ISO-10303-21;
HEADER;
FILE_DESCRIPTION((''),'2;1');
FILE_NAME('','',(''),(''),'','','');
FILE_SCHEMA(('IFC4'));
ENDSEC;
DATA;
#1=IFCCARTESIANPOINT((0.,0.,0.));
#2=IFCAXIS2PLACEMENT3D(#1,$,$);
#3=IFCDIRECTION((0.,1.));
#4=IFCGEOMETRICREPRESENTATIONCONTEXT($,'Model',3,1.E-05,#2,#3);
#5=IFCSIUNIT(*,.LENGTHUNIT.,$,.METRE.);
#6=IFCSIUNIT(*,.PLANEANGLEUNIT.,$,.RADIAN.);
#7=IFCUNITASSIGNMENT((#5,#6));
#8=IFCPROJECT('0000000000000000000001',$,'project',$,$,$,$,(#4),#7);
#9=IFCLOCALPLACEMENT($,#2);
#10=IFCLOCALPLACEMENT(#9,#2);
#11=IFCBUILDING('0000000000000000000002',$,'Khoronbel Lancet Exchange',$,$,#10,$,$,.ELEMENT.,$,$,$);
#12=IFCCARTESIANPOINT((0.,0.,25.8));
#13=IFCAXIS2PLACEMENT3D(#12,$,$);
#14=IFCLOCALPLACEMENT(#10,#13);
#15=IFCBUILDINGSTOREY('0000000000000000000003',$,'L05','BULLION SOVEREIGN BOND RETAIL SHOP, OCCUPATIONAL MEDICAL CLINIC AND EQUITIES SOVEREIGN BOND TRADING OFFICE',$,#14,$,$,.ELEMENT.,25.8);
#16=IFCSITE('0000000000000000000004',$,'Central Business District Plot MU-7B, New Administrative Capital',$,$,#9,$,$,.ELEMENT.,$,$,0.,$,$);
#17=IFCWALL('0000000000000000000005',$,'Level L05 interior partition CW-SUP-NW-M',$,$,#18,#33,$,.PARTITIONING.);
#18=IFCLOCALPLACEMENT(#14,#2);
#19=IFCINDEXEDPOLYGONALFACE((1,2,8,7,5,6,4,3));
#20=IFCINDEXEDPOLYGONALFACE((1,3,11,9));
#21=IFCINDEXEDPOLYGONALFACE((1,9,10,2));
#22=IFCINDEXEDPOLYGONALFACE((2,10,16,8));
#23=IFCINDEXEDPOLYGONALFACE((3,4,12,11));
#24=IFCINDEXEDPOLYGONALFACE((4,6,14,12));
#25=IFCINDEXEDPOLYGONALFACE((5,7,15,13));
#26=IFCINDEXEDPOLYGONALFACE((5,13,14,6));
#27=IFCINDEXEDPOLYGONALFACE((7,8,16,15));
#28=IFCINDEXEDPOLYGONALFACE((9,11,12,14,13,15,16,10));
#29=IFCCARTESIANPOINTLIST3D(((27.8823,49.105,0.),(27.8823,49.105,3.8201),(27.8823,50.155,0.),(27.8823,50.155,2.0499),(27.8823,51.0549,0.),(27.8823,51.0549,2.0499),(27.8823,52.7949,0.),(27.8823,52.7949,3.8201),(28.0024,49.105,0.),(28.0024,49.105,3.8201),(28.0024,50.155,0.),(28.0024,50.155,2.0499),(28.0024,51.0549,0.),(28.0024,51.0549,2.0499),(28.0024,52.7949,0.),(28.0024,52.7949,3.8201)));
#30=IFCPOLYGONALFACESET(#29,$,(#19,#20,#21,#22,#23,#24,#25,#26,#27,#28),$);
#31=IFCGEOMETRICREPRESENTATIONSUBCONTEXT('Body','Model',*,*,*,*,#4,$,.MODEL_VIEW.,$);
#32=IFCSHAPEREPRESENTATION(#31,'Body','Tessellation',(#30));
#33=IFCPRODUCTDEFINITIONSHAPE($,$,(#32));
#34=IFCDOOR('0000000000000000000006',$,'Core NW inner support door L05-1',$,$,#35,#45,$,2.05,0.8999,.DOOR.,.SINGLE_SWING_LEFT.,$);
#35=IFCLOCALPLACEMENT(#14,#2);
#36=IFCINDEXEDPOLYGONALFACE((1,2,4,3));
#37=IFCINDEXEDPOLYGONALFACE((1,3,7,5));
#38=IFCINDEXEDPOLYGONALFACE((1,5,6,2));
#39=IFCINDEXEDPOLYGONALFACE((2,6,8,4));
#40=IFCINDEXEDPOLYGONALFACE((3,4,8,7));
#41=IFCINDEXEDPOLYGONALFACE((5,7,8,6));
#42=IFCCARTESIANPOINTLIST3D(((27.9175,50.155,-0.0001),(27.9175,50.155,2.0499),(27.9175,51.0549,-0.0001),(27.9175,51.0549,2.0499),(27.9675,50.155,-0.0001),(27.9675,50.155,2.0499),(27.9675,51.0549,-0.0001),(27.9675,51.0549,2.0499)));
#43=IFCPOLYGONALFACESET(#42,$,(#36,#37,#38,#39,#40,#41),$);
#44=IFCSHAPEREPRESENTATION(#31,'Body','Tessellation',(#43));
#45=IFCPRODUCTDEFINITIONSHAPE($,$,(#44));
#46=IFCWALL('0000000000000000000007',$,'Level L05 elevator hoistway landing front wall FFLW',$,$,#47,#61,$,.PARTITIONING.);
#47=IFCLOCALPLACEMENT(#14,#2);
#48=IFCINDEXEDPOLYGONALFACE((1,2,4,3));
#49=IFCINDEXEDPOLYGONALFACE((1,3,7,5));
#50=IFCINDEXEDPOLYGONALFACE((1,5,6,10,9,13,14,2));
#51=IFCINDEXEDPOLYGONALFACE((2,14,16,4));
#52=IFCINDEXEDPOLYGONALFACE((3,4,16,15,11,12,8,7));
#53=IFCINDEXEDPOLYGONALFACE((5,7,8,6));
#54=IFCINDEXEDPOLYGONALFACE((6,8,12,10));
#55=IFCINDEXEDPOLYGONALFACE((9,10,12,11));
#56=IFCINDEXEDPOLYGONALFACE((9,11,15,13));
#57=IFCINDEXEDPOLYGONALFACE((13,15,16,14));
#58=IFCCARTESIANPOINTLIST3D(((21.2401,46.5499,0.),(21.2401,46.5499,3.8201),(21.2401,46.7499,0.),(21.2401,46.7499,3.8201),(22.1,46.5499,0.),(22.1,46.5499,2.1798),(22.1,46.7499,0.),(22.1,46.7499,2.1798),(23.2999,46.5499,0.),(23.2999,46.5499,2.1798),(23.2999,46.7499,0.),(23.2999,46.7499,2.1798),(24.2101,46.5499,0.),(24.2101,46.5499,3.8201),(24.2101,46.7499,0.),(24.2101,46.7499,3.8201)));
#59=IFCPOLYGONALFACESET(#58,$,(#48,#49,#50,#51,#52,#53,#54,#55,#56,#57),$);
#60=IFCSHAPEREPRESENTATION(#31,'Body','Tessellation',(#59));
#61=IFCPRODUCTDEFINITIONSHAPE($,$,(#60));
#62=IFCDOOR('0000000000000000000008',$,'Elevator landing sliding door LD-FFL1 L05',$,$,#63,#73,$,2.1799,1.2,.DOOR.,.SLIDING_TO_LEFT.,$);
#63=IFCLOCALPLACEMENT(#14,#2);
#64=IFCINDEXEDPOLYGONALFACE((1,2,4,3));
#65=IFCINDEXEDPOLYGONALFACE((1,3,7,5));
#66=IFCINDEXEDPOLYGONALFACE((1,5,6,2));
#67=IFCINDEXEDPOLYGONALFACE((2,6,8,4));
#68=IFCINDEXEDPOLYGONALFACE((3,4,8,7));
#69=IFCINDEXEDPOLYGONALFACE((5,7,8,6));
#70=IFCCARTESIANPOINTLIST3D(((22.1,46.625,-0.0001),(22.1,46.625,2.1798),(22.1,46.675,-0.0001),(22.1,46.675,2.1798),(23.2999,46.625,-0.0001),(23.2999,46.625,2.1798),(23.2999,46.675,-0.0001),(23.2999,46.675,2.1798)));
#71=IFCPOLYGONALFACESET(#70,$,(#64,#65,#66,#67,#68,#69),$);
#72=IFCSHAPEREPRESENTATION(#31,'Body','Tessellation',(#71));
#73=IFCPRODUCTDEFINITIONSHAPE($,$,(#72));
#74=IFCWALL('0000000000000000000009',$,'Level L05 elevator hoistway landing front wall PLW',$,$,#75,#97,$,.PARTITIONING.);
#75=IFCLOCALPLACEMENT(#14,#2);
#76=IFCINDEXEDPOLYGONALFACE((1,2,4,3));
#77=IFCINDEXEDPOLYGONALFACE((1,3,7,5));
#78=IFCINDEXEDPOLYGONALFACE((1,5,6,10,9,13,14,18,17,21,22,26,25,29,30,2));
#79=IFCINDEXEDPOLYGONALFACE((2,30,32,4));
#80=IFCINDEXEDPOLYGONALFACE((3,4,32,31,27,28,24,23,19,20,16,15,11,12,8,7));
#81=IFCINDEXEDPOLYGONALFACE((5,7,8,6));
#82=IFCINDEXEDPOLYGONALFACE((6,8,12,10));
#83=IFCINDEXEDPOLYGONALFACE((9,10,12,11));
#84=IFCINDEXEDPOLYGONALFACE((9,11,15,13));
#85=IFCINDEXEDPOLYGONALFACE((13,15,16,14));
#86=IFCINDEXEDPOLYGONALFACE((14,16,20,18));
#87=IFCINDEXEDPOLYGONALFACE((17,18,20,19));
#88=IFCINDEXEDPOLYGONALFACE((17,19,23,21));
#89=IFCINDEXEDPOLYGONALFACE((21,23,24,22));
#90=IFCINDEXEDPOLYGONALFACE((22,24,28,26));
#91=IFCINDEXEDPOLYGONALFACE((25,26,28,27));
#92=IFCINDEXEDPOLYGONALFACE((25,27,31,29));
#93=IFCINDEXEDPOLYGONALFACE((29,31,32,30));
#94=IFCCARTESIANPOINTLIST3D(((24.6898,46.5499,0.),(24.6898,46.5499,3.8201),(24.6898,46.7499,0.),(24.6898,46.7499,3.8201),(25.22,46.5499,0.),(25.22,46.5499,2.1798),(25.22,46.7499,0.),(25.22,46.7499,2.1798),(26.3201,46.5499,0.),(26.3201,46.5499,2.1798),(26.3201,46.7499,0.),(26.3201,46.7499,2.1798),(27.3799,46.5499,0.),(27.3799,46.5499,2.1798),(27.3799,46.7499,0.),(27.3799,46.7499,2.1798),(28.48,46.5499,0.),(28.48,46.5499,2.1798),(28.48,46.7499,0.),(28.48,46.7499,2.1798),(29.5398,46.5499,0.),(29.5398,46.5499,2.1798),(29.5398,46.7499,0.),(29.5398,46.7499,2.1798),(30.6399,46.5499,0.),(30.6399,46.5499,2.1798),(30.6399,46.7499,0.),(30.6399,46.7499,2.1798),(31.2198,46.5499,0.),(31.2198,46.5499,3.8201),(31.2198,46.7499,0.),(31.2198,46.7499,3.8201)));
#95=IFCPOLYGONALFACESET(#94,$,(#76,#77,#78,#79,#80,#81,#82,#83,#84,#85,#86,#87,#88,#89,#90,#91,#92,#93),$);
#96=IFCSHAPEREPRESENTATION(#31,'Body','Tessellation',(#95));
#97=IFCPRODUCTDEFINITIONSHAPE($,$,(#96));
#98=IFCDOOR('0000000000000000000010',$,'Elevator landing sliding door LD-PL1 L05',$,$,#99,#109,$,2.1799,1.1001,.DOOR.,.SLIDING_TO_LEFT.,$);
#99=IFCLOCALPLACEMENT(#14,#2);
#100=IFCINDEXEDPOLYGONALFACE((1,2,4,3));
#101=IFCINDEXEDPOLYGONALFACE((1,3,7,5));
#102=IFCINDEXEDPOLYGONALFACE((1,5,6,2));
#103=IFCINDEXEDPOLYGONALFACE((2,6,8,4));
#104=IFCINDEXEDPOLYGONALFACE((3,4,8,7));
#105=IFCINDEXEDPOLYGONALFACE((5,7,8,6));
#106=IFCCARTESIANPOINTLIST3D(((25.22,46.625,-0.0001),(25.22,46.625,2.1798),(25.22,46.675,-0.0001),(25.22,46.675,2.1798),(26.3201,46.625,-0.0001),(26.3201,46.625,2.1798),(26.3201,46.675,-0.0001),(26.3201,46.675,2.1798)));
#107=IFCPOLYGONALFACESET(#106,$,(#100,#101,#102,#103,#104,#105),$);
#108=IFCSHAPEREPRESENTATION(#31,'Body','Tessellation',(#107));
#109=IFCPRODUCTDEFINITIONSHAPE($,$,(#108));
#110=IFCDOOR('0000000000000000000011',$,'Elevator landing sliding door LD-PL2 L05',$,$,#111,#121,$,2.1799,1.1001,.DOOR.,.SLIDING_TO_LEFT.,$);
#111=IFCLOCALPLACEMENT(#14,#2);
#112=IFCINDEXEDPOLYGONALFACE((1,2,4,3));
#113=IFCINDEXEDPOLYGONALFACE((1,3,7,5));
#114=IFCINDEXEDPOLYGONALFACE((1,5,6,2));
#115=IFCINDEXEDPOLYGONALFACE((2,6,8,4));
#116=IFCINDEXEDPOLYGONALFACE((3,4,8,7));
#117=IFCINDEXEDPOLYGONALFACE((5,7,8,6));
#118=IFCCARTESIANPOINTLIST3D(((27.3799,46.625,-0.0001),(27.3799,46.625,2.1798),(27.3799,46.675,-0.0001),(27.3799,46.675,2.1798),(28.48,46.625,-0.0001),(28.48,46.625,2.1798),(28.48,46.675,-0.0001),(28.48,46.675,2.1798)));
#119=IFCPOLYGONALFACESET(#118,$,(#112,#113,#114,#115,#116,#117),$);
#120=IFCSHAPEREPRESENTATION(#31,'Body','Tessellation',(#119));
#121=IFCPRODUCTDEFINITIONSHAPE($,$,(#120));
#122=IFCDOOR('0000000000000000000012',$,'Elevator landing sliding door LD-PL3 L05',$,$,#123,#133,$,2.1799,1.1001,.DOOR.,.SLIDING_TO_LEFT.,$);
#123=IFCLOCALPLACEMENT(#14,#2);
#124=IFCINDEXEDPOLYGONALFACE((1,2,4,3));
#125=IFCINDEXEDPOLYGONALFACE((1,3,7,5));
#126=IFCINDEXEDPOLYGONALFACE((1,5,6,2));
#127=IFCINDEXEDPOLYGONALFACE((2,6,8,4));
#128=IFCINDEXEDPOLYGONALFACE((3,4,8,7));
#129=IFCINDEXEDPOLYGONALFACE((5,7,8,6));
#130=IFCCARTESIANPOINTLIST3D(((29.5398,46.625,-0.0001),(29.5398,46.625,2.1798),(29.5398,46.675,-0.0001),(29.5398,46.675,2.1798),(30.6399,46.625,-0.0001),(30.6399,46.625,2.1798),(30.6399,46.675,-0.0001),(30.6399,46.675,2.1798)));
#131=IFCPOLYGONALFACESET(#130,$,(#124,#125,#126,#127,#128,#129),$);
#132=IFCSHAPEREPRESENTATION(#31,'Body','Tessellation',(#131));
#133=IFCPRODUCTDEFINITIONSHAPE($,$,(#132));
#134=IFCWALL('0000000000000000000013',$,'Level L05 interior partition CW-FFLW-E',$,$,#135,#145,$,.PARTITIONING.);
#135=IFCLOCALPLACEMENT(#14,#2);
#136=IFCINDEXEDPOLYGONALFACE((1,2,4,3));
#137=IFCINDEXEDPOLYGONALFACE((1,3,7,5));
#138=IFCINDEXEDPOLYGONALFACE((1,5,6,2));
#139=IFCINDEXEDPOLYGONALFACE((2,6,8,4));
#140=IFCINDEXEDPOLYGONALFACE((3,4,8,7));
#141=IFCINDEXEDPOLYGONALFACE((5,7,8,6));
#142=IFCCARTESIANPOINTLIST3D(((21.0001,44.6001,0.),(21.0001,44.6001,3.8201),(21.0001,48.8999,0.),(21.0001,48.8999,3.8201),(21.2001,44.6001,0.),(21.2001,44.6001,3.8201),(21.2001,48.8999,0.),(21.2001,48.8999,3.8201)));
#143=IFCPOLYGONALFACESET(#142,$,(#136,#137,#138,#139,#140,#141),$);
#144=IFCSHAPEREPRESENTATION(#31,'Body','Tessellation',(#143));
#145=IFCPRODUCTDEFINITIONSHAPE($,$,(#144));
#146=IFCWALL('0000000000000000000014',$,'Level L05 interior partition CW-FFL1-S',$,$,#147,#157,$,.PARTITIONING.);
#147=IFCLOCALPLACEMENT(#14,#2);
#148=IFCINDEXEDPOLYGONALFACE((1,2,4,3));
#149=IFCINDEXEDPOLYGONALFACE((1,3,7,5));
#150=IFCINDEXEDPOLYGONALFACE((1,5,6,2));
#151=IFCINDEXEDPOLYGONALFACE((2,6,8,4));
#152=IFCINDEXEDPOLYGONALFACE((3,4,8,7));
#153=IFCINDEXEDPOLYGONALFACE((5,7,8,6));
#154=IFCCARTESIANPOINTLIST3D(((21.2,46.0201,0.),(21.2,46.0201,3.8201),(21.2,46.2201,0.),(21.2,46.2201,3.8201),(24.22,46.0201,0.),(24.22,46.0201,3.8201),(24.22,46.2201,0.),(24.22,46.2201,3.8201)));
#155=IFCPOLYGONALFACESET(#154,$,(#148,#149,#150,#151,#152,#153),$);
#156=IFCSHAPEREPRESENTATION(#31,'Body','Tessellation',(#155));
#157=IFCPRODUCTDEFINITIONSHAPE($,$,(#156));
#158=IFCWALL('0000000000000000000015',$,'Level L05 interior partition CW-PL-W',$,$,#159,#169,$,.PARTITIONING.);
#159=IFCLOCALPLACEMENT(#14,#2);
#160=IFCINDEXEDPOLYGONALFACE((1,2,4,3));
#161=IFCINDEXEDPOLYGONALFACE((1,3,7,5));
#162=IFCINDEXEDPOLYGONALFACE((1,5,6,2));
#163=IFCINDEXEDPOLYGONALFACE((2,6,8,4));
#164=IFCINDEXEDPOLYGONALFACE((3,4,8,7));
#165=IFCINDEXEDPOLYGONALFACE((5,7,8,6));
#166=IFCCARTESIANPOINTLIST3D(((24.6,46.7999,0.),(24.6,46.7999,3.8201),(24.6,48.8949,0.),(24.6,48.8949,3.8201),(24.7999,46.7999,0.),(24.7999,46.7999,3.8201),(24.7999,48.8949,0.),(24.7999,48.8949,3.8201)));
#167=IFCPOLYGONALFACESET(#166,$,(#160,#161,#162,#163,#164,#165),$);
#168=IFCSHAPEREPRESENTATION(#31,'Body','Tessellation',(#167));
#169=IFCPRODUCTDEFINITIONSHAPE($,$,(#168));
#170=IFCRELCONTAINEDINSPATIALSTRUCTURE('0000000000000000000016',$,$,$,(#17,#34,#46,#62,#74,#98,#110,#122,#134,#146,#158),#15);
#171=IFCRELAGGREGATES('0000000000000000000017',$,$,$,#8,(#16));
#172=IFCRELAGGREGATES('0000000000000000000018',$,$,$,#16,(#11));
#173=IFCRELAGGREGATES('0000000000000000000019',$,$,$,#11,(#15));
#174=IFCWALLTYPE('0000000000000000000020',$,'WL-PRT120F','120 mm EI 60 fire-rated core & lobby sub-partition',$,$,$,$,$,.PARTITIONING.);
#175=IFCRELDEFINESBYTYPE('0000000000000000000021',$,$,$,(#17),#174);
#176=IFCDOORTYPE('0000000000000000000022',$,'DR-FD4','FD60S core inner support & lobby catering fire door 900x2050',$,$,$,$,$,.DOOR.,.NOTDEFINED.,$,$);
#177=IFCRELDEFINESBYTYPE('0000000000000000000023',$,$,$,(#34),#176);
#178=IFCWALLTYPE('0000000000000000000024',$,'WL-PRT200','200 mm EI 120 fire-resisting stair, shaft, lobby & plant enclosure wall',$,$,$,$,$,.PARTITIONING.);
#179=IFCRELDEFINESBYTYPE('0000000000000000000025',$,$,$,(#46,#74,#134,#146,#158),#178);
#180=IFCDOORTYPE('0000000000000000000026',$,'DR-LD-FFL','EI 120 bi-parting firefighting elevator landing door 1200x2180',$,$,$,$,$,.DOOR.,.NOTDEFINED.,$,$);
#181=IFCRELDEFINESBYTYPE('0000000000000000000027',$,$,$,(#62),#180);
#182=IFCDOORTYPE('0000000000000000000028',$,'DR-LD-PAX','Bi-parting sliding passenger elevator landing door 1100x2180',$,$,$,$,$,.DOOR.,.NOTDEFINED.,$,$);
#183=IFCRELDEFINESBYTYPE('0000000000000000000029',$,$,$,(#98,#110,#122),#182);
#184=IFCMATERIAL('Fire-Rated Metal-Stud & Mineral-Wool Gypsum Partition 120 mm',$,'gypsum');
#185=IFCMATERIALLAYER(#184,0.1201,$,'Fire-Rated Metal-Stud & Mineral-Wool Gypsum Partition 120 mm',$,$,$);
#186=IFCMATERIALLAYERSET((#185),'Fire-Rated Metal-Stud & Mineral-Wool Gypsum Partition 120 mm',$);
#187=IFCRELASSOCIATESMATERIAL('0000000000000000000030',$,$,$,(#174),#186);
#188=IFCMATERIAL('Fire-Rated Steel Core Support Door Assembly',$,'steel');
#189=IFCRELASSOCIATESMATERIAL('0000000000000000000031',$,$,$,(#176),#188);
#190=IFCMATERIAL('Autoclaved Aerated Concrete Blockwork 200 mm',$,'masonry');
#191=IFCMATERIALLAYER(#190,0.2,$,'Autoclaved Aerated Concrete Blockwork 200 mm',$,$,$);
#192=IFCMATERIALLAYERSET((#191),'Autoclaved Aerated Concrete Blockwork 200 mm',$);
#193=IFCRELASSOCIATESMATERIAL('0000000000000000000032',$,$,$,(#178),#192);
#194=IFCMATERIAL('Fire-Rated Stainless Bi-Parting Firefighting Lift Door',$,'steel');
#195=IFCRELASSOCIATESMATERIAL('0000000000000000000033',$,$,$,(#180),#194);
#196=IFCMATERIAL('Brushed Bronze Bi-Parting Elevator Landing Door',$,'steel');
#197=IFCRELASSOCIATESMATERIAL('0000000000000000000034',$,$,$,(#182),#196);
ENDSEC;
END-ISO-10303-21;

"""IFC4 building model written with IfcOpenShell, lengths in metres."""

from ifc_helpers import new_model, si_unit, direction, frame, frame_2d, origin, place, context, subcontext, project, spatial, rectangle, extrude, material, layer, layer_set, type_object, element, fill, save


model = new_model("IFC4")

# Units and contexts
model_context = context("Model", 3, precision=1e-05, world=origin(), true_north=direction((0.0, 1.0)))
body_context = subcontext(model_context, "Body", "Model", "MODEL_VIEW")
ifc_project = project(units=[si_unit("LENGTHUNIT", "METRE"), si_unit("PLANEANGLEUNIT", "RADIAN")], contexts=[model_context])

# Site, building, storey
site_placement = place(None, origin())
site = spatial("IfcSite", under=ifc_project, at=site_placement, Name="Central Business District Plot MU-7B, New Administrative Capital", CompositionType="ELEMENT", RefElevation=0.0)
building_placement = place(site_placement, origin())
building = spatial("IfcBuilding", under=site, at=building_placement, Name="Khoronbel Lancet Exchange", CompositionType="ELEMENT")
storey_placement = place(building_placement, frame((0.0, 0.0, 25.8)))
storey = spatial("IfcBuildingStorey", under=building, at=storey_placement, Name="L05", Description="BULLION SOVEREIGN BOND RETAIL SHOP, OCCUPATIONAL MEDICAL CLINIC AND EQUITIES SOVEREIGN BOND TRADING OFFICE", CompositionType="ELEMENT", Elevation=25.8)

# Shared definitions
ifc_material_1 = material(Name="Fire-Rated Metal-Stud & Mineral-Wool Gypsum Partition 120 mm", Category="gypsum")
ifc_layer_1 = layer(ifc_material_1, 0.1201, Name="Fire-Rated Metal-Stud & Mineral-Wool Gypsum Partition 120 mm")
ifc_layer_set_1 = layer_set([ifc_layer_1], Name="Fire-Rated Metal-Stud & Mineral-Wool Gypsum Partition 120 mm")
wall_type_1 = type_object("IfcWallType", Name="WL-PRT120F", Description="120 mm EI 60 fire-rated core & lobby sub-partition", PredefinedType="PARTITIONING", material=ifc_layer_set_1)

# Walls, openings, doors
wall_1_placement = place(storey_placement, frame((27.9424, 49.105, 0.0), z_axis=(0.0, 0.0, 1.0), x_axis=(0.0, 1.0, 0.0)))
wall_1 = element("IfcWall", 1, at=wall_1_placement, inside=storey, type_object=wall_type_1, Name="Level L05 interior partition CW-SUP-NW-M", PredefinedType="PARTITIONING", context=body_context, shape_type="SweptSolid", body=[
    extrude(rectangle(XDim=3.6899, YDim=0.1201, at=frame_2d((1.845, 0.0))), origin(), (0.0, 0.0, 1.0), 3.8201),
])
opening_1_placement = place(wall_1_placement, frame((1.05, 0.0, 0.0)))
opening_1 = element("IfcOpeningElement", 2, at=opening_1_placement, cuts=wall_1, PredefinedType="OPENING", context=body_context, shape_type="SweptSolid", body=[
    extrude(rectangle(XDim=0.8999, YDim=2.05, at=frame_2d((0.45, 1.0249))), frame((0.0, 0.0701, 0.0), z_axis=(0.0, -1.0, 0.0), x_axis=(1.0, 0.0, 0.0)), (0.0, 0.0, 1.0), 0.1401),
])
ifc_material_2 = material(Name="Fire-Rated Steel Core Support Door Assembly", Category="steel")
door_type_1 = type_object("IfcDoorType", Name="DR-FD4", Description="FD60S core inner support & lobby catering fire door 900x2050", OperationType="NOTDEFINED", PredefinedType="DOOR", material=ifc_material_2)
door_1_placement = place(opening_1_placement, origin())
door_1 = element("IfcDoor", 3, at=door_1_placement, inside=storey, type_object=door_type_1, Name="Core NW inner support door L05-1", OperationType="SINGLE_SWING_LEFT", OverallHeight=2.05, OverallWidth=0.8999, PredefinedType="DOOR", context=body_context, shape_type="SweptSolid", body=[
    extrude(rectangle(XDim=0.8999, YDim=2.05, at=frame_2d((0.45, 1.0249))), frame((0.0, 0.0249, 0.0), z_axis=(0.0, -1.0, 0.0), x_axis=(1.0, 0.0, 0.0)), (0.0, 0.0, 1.0), 0.05),
])
fill(opening_1, door_1)
ifc_material_3 = material(Name="Autoclaved Aerated Concrete Blockwork 200 mm", Category="masonry")
ifc_layer_2 = layer(ifc_material_3, 0.2, Name="Autoclaved Aerated Concrete Blockwork 200 mm")
ifc_layer_set_2 = layer_set([ifc_layer_2], Name="Autoclaved Aerated Concrete Blockwork 200 mm")
wall_type_2 = type_object("IfcWallType", Name="WL-PRT200", Description="200 mm EI 120 fire-resisting stair, shaft, lobby & plant enclosure wall", PredefinedType="PARTITIONING", material=ifc_layer_set_2)
wall_2_placement = place(storey_placement, frame((24.21, 46.6499, 0.0), z_axis=(0.0, 0.0, 1.0), x_axis=(-1.0, 0.0, 0.0)))
wall_2 = element("IfcWall", 4, at=wall_2_placement, inside=storey, type_object=wall_type_2, Name="Level L05 elevator hoistway landing front wall FFLW", PredefinedType="PARTITIONING", context=body_context, shape_type="SweptSolid", body=[
    extrude(rectangle(XDim=2.97, YDim=0.2, at=frame_2d((1.4849, 0.0))), origin(), (0.0, 0.0, 1.0), 3.8201),
])
opening_2_placement = place(wall_2_placement, frame((0.9099, 0.0, 0.0)))
opening_2 = element("IfcOpeningElement", 5, at=opening_2_placement, cuts=wall_2, PredefinedType="OPENING", context=body_context, shape_type="SweptSolid", body=[
    extrude(rectangle(XDim=1.2, YDim=2.1799, at=frame_2d((0.6001, 1.0898))), frame((0.0, 0.1099, 0.0), z_axis=(0.0, -1.0, 0.0), x_axis=(1.0, 0.0, 0.0)), (0.0, 0.0, 1.0), 0.22),
])
ifc_material_4 = material(Name="Fire-Rated Stainless Bi-Parting Firefighting Lift Door", Category="steel")
door_type_2 = type_object("IfcDoorType", Name="DR-LD-FFL", Description="EI 120 bi-parting firefighting elevator landing door 1200x2180", OperationType="NOTDEFINED", PredefinedType="DOOR", material=ifc_material_4)
door_2_placement = place(opening_2_placement, origin())
door_2 = element("IfcDoor", 6, at=door_2_placement, inside=storey, type_object=door_type_2, Name="Elevator landing sliding door LD-FFL1 L05", OperationType="SLIDING_TO_LEFT", OverallHeight=2.1799, OverallWidth=1.2, PredefinedType="DOOR", context=body_context, shape_type="SweptSolid", body=[
    extrude(rectangle(XDim=1.2, YDim=2.1799, at=frame_2d((0.6001, 1.0898))), frame((0.0, 0.0249, 0.0), z_axis=(0.0, -1.0, 0.0), x_axis=(1.0, 0.0, 0.0)), (0.0, 0.0, 1.0), 0.05),
])
fill(opening_2, door_2)

# Wall, openings, doors
wall_3_placement = place(storey_placement, frame((31.22, 46.6499, 0.0), z_axis=(0.0, 0.0, 1.0), x_axis=(-1.0, 0.0, 0.0)))
wall_3 = element("IfcWall", 7, at=wall_3_placement, inside=storey, type_object=wall_type_2, Name="Level L05 elevator hoistway landing front wall PLW", PredefinedType="PARTITIONING", context=body_context, shape_type="SweptSolid", body=[
    extrude(rectangle(XDim=6.53, YDim=0.2, at=frame_2d((3.2651, 0.0))), origin(), (0.0, 0.0, 1.0), 3.8201),
])
opening_3_placement = place(wall_3_placement, frame((4.8999, 0.0, 0.0)))
opening_3 = element("IfcOpeningElement", 8, at=opening_3_placement, cuts=wall_3, PredefinedType="OPENING", context=body_context, shape_type="SweptSolid", body=[
    extrude(rectangle(XDim=1.1001, YDim=2.1799, at=frame_2d((0.55, 1.0898))), frame((0.0, 0.1099, 0.0), z_axis=(0.0, -1.0, 0.0), x_axis=(1.0, 0.0, 0.0)), (0.0, 0.0, 1.0), 0.22),
])
opening_4_placement = place(wall_3_placement, frame((2.74, 0.0, 0.0)))
opening_4 = element("IfcOpeningElement", 9, at=opening_4_placement, cuts=wall_3, PredefinedType="OPENING", context=body_context, shape_type="SweptSolid", body=[
    extrude(rectangle(XDim=1.1001, YDim=2.1799, at=frame_2d((0.55, 1.0898))), frame((0.0, 0.1099, 0.0), z_axis=(0.0, -1.0, 0.0), x_axis=(1.0, 0.0, 0.0)), (0.0, 0.0, 1.0), 0.22),
])
opening_5_placement = place(wall_3_placement, frame((0.5801, 0.0, 0.0)))
opening_5 = element("IfcOpeningElement", 10, at=opening_5_placement, cuts=wall_3, PredefinedType="OPENING", context=body_context, shape_type="SweptSolid", body=[
    extrude(rectangle(XDim=1.1001, YDim=2.1799, at=frame_2d((0.55, 1.0898))), frame((0.0, 0.1099, 0.0), z_axis=(0.0, -1.0, 0.0), x_axis=(1.0, 0.0, 0.0)), (0.0, 0.0, 1.0), 0.22),
])
ifc_material_5 = material(Name="Brushed Bronze Bi-Parting Elevator Landing Door", Category="steel")
door_type_3 = type_object("IfcDoorType", Name="DR-LD-PAX", Description="Bi-parting sliding passenger elevator landing door 1100x2180", OperationType="NOTDEFINED", PredefinedType="DOOR", material=ifc_material_5)
door_3_placement = place(opening_3_placement, origin())
door_3 = element("IfcDoor", 11, at=door_3_placement, inside=storey, type_object=door_type_3, Name="Elevator landing sliding door LD-PL1 L05", OperationType="SLIDING_TO_LEFT", OverallHeight=2.1799, OverallWidth=1.1001, PredefinedType="DOOR", context=body_context, shape_type="SweptSolid", body=[
    extrude(rectangle(XDim=1.1001, YDim=2.1799, at=frame_2d((0.55, 1.0898))), frame((0.0, 0.0249, 0.0), z_axis=(0.0, -1.0, 0.0), x_axis=(1.0, 0.0, 0.0)), (0.0, 0.0, 1.0), 0.05),
])
fill(opening_3, door_3)
door_4_placement = place(opening_4_placement, origin())
door_4 = element("IfcDoor", 12, at=door_4_placement, inside=storey, type_object=door_type_3, Name="Elevator landing sliding door LD-PL2 L05", OperationType="SLIDING_TO_LEFT", OverallHeight=2.1799, OverallWidth=1.1001, PredefinedType="DOOR", context=body_context, shape_type="SweptSolid", body=[
    extrude(rectangle(XDim=1.1001, YDim=2.1799, at=frame_2d((0.55, 1.0898))), frame((0.0, 0.0249, 0.0), z_axis=(0.0, -1.0, 0.0), x_axis=(1.0, 0.0, 0.0)), (0.0, 0.0, 1.0), 0.05),
])
fill(opening_4, door_4)
door_5_placement = place(opening_5_placement, origin())
door_5 = element("IfcDoor", 13, at=door_5_placement, inside=storey, type_object=door_type_3, Name="Elevator landing sliding door LD-PL3 L05", OperationType="SLIDING_TO_LEFT", OverallHeight=2.1799, OverallWidth=1.1001, PredefinedType="DOOR", context=body_context, shape_type="SweptSolid", body=[
    extrude(rectangle(XDim=1.1001, YDim=2.1799, at=frame_2d((0.55, 1.0898))), frame((0.0, 0.0249, 0.0), z_axis=(0.0, -1.0, 0.0), x_axis=(1.0, 0.0, 0.0)), (0.0, 0.0, 1.0), 0.05),
])
fill(opening_5, door_5)

# Walls
wall_4_placement = place(storey_placement, frame((21.1001, 44.6001, 0.0), z_axis=(0.0, 0.0, 1.0), x_axis=(0.0, 1.0, 0.0)))
element("IfcWall", 14, at=wall_4_placement, inside=storey, type_object=wall_type_2, Name="Level L05 interior partition CW-FFLW-E", PredefinedType="PARTITIONING", context=body_context, shape_type="SweptSolid", body=[
    extrude(rectangle(XDim=4.2998, YDim=0.2, at=frame_2d((2.1499, 0.0))), origin(), (0.0, 0.0, 1.0), 3.8201),
])
wall_5_placement = place(storey_placement, frame((21.2, 46.1201, 0.0), z_axis=(0.0, 0.0, 1.0), x_axis=(1.0, 0.0, 0.0)))
element("IfcWall", 15, at=wall_5_placement, inside=storey, type_object=wall_type_2, Name="Level L05 interior partition CW-FFL1-S", PredefinedType="PARTITIONING", context=body_context, shape_type="SweptSolid", body=[
    extrude(rectangle(XDim=3.02, YDim=0.2, at=frame_2d((1.51, 0.0))), origin(), (0.0, 0.0, 1.0), 3.8201),
])
for number, where, z_axis, x_axis, name in (
    (16, (24.7, 46.8, 0.0), (0.0, 0.0, 1.0), (0.0, 1.0, 0.0), "Level L05 interior partition CW-PL-W"),
):
    element("IfcWall", number, at=place(storey_placement, frame(where, z_axis=z_axis, x_axis=x_axis)), inside=storey, type_object=wall_type_2, Name=name, PredefinedType="PARTITIONING", context=body_context, shape_type="SweptSolid", body=[
        extrude(rectangle(XDim=2.095, YDim=0.2, at=frame_2d((1.0474, 0.0))), origin(), (0.0, 0.0, 1.0), 3.8201),
    ])

save(model, "model.ifc")
